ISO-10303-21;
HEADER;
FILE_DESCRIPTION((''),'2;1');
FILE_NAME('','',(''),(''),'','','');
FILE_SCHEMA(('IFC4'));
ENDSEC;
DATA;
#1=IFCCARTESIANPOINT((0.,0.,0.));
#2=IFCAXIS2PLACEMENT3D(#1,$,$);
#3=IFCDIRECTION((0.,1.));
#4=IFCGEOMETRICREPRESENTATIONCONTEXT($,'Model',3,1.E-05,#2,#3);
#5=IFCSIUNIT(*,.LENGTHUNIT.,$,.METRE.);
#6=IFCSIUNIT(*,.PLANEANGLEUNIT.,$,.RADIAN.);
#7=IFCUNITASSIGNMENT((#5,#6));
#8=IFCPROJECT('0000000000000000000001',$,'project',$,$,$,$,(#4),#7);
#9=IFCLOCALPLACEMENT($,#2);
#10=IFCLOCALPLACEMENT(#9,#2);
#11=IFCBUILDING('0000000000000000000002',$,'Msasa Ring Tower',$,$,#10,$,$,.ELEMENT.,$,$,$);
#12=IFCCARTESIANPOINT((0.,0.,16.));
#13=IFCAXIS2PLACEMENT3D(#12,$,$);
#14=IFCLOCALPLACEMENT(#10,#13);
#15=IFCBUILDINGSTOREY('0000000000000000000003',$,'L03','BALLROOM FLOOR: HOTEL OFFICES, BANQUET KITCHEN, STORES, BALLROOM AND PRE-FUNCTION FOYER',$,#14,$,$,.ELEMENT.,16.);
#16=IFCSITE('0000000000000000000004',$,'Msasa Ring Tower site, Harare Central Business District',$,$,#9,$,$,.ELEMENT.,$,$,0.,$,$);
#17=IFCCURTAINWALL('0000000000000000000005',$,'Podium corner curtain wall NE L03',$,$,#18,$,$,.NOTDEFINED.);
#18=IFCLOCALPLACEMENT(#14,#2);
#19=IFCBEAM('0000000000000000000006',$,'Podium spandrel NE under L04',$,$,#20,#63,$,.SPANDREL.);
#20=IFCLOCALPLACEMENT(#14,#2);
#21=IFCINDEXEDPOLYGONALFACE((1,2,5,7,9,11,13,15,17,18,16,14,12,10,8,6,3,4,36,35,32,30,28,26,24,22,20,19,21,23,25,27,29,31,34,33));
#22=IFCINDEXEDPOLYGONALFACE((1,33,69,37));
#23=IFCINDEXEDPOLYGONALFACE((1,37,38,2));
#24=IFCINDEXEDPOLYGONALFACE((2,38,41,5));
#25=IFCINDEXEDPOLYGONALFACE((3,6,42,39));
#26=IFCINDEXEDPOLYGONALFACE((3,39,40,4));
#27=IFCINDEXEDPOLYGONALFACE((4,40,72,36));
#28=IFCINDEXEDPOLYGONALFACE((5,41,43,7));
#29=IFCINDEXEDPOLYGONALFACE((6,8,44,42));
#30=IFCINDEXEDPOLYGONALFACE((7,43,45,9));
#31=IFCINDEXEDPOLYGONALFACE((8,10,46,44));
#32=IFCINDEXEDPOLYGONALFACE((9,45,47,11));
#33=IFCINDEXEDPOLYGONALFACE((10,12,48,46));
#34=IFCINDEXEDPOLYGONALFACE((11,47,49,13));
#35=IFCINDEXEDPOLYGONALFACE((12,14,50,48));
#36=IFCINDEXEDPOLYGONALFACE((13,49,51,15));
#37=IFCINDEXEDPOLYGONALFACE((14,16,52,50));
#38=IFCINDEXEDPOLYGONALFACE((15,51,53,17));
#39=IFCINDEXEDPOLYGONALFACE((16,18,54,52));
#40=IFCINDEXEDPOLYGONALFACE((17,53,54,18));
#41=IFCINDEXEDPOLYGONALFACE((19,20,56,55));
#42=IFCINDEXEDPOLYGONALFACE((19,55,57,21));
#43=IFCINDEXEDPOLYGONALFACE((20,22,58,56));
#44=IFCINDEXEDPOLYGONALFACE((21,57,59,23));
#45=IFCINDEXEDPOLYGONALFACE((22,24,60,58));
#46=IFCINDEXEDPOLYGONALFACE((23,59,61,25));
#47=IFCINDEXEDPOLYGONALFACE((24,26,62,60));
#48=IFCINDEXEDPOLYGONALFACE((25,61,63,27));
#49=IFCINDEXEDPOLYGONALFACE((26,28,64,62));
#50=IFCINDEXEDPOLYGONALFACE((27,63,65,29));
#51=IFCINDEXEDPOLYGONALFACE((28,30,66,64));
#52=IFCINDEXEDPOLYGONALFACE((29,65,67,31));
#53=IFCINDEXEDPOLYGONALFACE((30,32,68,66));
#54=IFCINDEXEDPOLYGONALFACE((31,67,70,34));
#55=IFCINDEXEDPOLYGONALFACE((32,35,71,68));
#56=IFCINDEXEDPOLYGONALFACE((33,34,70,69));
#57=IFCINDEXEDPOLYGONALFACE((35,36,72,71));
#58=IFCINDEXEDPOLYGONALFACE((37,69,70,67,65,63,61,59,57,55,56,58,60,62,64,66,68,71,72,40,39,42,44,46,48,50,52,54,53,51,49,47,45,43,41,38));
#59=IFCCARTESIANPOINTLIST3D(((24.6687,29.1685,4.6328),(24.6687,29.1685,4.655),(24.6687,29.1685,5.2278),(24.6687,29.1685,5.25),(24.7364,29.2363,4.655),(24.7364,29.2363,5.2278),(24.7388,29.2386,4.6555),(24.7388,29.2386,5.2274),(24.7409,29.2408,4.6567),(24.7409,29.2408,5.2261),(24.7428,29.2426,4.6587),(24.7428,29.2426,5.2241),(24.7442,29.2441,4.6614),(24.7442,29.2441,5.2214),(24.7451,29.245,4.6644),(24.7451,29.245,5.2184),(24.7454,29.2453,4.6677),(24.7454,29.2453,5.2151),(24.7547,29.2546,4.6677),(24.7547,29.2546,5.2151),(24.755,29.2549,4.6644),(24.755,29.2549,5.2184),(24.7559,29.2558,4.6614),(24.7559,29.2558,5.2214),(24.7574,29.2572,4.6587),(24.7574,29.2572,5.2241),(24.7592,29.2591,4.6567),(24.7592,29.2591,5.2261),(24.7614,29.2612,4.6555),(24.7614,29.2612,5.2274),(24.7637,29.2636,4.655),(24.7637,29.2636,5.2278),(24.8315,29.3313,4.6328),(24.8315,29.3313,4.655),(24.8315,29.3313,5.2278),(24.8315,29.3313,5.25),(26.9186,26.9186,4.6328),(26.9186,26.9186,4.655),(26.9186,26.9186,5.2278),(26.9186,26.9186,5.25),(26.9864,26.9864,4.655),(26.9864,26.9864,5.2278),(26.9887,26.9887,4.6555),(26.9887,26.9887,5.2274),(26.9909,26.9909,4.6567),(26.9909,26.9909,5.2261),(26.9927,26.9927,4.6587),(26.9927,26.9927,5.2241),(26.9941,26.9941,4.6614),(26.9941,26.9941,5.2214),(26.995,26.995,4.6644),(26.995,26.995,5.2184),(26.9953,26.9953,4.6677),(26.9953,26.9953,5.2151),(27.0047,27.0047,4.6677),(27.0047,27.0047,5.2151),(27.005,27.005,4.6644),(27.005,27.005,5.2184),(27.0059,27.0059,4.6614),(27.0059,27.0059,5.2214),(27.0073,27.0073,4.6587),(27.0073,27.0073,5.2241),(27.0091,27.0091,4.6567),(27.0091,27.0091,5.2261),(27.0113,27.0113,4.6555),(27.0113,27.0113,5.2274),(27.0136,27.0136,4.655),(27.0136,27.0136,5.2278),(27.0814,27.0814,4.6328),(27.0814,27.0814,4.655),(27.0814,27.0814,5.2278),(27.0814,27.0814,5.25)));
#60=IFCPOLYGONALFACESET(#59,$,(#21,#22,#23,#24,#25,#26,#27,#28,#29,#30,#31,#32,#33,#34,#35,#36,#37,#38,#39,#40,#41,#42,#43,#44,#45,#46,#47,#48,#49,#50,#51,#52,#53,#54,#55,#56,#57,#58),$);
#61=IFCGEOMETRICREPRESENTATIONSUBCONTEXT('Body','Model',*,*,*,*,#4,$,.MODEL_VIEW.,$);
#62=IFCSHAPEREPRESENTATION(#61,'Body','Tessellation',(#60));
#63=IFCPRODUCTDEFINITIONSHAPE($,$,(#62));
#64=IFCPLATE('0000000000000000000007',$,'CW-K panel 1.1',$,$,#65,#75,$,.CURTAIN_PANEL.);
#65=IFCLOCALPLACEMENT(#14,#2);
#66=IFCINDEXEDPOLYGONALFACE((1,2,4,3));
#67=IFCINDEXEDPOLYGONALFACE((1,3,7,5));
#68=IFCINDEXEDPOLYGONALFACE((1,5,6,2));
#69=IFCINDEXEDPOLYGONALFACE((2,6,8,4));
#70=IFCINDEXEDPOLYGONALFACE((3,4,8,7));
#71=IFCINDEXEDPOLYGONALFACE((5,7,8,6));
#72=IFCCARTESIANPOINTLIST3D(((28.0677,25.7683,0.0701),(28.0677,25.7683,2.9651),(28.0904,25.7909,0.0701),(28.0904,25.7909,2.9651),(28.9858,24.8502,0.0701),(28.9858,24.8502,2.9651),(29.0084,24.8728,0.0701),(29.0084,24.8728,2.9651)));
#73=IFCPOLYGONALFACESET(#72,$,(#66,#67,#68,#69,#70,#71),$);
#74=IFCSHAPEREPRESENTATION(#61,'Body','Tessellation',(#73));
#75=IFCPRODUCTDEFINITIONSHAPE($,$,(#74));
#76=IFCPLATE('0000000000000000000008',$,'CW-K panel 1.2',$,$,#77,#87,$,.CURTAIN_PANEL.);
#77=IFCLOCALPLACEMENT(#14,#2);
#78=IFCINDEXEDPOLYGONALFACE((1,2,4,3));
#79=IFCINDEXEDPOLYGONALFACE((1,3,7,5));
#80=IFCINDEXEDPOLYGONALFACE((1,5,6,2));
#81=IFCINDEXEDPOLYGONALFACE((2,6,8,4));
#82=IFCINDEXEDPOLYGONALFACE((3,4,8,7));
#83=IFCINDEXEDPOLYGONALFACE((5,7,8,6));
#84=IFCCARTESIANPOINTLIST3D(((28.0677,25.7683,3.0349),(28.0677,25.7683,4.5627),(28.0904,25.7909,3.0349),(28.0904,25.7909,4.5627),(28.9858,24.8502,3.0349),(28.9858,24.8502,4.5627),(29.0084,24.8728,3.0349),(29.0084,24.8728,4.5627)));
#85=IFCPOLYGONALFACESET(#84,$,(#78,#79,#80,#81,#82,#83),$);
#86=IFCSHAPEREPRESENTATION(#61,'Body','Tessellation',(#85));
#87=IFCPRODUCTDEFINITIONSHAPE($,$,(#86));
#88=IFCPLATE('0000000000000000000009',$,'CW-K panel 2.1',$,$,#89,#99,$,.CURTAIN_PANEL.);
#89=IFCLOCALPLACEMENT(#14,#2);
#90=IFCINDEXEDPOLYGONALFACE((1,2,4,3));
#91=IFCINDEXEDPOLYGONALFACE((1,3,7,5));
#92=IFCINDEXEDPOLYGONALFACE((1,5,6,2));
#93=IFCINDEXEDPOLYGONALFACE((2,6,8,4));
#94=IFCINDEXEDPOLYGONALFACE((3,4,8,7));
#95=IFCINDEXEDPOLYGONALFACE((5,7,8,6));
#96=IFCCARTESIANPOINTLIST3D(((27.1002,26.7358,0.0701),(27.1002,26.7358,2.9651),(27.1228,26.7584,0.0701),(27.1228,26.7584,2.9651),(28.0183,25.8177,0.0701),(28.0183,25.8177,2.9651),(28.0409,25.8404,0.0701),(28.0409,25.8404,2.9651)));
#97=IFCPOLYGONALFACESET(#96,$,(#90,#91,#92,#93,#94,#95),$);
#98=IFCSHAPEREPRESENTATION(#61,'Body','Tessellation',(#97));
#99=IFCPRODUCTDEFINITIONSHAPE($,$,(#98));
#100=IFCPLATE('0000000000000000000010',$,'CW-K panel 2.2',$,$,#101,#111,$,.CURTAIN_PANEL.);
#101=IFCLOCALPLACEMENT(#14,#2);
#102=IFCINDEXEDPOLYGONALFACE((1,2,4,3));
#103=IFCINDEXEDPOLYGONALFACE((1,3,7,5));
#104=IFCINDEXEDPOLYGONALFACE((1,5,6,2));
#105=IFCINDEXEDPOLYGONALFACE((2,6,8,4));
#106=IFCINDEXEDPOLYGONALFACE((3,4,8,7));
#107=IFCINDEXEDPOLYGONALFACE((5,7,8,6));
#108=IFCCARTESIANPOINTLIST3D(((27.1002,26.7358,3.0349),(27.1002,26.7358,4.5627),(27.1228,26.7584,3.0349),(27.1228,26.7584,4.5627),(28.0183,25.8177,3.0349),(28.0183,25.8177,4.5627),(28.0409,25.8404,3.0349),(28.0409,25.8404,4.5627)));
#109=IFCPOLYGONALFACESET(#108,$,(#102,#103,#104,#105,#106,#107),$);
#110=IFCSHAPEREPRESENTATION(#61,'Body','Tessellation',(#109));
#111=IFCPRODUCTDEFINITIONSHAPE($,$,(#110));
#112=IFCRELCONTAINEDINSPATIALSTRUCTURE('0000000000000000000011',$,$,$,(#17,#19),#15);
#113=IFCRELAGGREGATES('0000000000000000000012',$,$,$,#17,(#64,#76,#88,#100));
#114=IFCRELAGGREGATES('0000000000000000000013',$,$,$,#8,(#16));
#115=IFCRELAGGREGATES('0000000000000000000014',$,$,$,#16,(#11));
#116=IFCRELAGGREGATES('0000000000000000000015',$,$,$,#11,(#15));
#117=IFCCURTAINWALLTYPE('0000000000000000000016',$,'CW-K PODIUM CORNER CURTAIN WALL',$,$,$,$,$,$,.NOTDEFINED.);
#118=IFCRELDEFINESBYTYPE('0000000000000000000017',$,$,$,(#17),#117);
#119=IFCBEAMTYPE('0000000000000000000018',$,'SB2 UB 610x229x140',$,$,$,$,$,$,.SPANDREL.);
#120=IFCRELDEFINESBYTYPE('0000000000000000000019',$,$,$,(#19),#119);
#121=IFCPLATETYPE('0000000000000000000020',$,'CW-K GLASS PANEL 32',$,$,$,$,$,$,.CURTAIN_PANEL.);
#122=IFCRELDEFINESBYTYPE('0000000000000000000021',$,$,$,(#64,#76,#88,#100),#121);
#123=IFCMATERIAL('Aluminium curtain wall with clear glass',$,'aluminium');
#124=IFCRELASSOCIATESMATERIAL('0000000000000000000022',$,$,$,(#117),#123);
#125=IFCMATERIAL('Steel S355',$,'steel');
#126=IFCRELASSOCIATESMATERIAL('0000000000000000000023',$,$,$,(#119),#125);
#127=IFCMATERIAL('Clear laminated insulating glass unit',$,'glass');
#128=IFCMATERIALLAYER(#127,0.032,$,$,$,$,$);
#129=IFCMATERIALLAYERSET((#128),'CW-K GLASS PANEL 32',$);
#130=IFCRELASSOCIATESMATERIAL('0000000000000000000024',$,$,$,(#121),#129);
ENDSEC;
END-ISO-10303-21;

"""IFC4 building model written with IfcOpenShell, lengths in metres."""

from ifc_helpers import new_model, si_unit, direction, frame, origin, origin_2d, place, context, subcontext, project, spatial, rectangle, i_section, extrude, material, layer, layer_set, material_profile, profile_set, type_object, element, aggregate, save


model = new_model("IFC4")

# Units and contexts
model_context = context("Model", 3, precision=1e-05, world=origin(), true_north=direction((0.0, 1.0)))
body_context = subcontext(model_context, "Body", "Model", "MODEL_VIEW")
ifc_project = project(units=[si_unit("LENGTHUNIT", "METRE"), si_unit("PLANEANGLEUNIT", "RADIAN")], contexts=[model_context])

# Site, building, storey
site_placement = place(None, origin())
site = spatial("IfcSite", under=ifc_project, at=site_placement, Name="Msasa Ring Tower site, Harare Central Business District", CompositionType="ELEMENT", RefElevation=0.0)
building_placement = place(site_placement, origin())
building = spatial("IfcBuilding", under=site, at=building_placement, Name="Msasa Ring Tower", CompositionType="ELEMENT")
storey_placement = place(building_placement, frame((0.0, 0.0, 16.0)))
storey = spatial("IfcBuildingStorey", under=building, at=storey_placement, Name="L03", Description="BALLROOM FLOOR: HOTEL OFFICES, BANQUET KITCHEN, STORES, BALLROOM AND PRE-FUNCTION FOYER", CompositionType="ELEMENT", Elevation=16.0)

# Shared definitions
ifc_material_1 = material(Name="Aluminium curtain wall with clear glass", Category="aluminium")
curtain_wall_type = type_object("IfcCurtainWallType", Name="CW-K PODIUM CORNER CURTAIN WALL", PredefinedType="NOTDEFINED", material=ifc_material_1)

# Curtain wall
curtain_wall_1_placement = place(storey_placement, origin())
curtain_wall_1 = element("IfcCurtainWall", 1, at=curtain_wall_1_placement, inside=storey, type_object=curtain_wall_type, Name="Podium corner curtain wall NE L03", PredefinedType="NOTDEFINED")

# Beam
ifc_material_2 = material(Name="Steel S355", Category="steel")
ifc_material_profile_1 = material_profile(ifc_material_2, i_section(OverallWidth=0.2302, OverallDepth=0.6172, WebThickness=0.0132, FlangeThickness=0.0222, FilletRadius=0.0127, at=origin_2d()), Name="UB 610x229x140")
ifc_profile_set_1 = profile_set([ifc_material_profile_1], Name="Steel S355")
beam_type_1 = type_object("IfcBeamType", Name="SB2 UB 610x229x140", PredefinedType="SPANDREL", material=ifc_profile_set_1)
for number, where, z_axis, x_axis, name in (
    (2, (27.0, 27.0, 4.9414), (-0.707107, 0.707107, 0.0), (-0.707107, -0.707107, 0.0), "Podium spandrel NE under L04"),
):
    element("IfcBeam", number, at=place(storey_placement, frame(where, z_axis=z_axis, x_axis=x_axis)), inside=storey, type_object=beam_type_1, Name=name, PredefinedType="SPANDREL", context=body_context, shape_type="SweptSolid", body=[
        extrude(i_section(OverallWidth=0.2302, OverallDepth=0.6172, WebThickness=0.0132, FlangeThickness=0.0222, FilletRadius=0.0127, at=origin_2d()), origin(), (0.0, 0.0, 1.0), 3.1819),
    ])

# Plates
ifc_material_3 = material(Name="Clear laminated insulating glass unit", Category="glass")
ifc_layer = layer(ifc_material_3, 0.032)
ifc_layer_set = layer_set([ifc_layer], Name="CW-K GLASS PANEL 32")
plate_type = type_object("IfcPlateType", Name="CW-K GLASS PANEL 32", PredefinedType="CURTAIN_PANEL", material=ifc_layer_set)
plate_1_placement = place(storey_placement, frame((28.5381, 25.3206, 0.0701), z_axis=(0.0, 0.0, 1.0), x_axis=(-0.707107, 0.707107, 0.0)))
plate_1 = element("IfcPlate", 3, at=plate_1_placement, type_object=plate_type, Name="CW-K panel 1.1", PredefinedType="CURTAIN_PANEL", context=body_context, shape_type="SweptSolid", body=[
    extrude(rectangle(XDim=1.2983, YDim=0.032, at=origin_2d()), origin(), (0.0, 0.0, 1.0), 2.895),
])
plate_2_placement = place(storey_placement, frame((28.5381, 25.3206, 3.0349), z_axis=(0.0, 0.0, 1.0), x_axis=(-0.707107, 0.707107, 0.0)))
plate_2 = element("IfcPlate", 4, at=plate_2_placement, type_object=plate_type, Name="CW-K panel 1.2", PredefinedType="CURTAIN_PANEL", context=body_context, shape_type="SweptSolid", body=[
    extrude(rectangle(XDim=1.2983, YDim=0.032, at=origin_2d()), origin(), (0.0, 0.0, 1.0), 1.5278),
])
plate_3_placement = place(storey_placement, frame((27.5706, 26.2881, 0.0701), z_axis=(0.0, 0.0, 1.0), x_axis=(-0.707107, 0.707107, 0.0)))
plate_3 = element("IfcPlate", 5, at=plate_3_placement, type_object=plate_type, Name="CW-K panel 2.1", PredefinedType="CURTAIN_PANEL", context=body_context, shape_type="SweptSolid", body=[
    extrude(rectangle(XDim=1.2983, YDim=0.032, at=origin_2d()), origin(), (0.0, 0.0, 1.0), 2.895),
])
plate_4_placement = place(storey_placement, frame((27.5706, 26.2881, 3.0349), z_axis=(0.0, 0.0, 1.0), x_axis=(-0.707107, 0.707107, 0.0)))
plate_4 = element("IfcPlate", 6, at=plate_4_placement, type_object=plate_type, Name="CW-K panel 2.2", PredefinedType="CURTAIN_PANEL", context=body_context, shape_type="SweptSolid", body=[
    extrude(rectangle(XDim=1.2983, YDim=0.032, at=origin_2d()), origin(), (0.0, 0.0, 1.0), 1.5278),
])
aggregate(curtain_wall_1, [plate_1, plate_2, plate_3, plate_4])

save(model, "model.ifc")
